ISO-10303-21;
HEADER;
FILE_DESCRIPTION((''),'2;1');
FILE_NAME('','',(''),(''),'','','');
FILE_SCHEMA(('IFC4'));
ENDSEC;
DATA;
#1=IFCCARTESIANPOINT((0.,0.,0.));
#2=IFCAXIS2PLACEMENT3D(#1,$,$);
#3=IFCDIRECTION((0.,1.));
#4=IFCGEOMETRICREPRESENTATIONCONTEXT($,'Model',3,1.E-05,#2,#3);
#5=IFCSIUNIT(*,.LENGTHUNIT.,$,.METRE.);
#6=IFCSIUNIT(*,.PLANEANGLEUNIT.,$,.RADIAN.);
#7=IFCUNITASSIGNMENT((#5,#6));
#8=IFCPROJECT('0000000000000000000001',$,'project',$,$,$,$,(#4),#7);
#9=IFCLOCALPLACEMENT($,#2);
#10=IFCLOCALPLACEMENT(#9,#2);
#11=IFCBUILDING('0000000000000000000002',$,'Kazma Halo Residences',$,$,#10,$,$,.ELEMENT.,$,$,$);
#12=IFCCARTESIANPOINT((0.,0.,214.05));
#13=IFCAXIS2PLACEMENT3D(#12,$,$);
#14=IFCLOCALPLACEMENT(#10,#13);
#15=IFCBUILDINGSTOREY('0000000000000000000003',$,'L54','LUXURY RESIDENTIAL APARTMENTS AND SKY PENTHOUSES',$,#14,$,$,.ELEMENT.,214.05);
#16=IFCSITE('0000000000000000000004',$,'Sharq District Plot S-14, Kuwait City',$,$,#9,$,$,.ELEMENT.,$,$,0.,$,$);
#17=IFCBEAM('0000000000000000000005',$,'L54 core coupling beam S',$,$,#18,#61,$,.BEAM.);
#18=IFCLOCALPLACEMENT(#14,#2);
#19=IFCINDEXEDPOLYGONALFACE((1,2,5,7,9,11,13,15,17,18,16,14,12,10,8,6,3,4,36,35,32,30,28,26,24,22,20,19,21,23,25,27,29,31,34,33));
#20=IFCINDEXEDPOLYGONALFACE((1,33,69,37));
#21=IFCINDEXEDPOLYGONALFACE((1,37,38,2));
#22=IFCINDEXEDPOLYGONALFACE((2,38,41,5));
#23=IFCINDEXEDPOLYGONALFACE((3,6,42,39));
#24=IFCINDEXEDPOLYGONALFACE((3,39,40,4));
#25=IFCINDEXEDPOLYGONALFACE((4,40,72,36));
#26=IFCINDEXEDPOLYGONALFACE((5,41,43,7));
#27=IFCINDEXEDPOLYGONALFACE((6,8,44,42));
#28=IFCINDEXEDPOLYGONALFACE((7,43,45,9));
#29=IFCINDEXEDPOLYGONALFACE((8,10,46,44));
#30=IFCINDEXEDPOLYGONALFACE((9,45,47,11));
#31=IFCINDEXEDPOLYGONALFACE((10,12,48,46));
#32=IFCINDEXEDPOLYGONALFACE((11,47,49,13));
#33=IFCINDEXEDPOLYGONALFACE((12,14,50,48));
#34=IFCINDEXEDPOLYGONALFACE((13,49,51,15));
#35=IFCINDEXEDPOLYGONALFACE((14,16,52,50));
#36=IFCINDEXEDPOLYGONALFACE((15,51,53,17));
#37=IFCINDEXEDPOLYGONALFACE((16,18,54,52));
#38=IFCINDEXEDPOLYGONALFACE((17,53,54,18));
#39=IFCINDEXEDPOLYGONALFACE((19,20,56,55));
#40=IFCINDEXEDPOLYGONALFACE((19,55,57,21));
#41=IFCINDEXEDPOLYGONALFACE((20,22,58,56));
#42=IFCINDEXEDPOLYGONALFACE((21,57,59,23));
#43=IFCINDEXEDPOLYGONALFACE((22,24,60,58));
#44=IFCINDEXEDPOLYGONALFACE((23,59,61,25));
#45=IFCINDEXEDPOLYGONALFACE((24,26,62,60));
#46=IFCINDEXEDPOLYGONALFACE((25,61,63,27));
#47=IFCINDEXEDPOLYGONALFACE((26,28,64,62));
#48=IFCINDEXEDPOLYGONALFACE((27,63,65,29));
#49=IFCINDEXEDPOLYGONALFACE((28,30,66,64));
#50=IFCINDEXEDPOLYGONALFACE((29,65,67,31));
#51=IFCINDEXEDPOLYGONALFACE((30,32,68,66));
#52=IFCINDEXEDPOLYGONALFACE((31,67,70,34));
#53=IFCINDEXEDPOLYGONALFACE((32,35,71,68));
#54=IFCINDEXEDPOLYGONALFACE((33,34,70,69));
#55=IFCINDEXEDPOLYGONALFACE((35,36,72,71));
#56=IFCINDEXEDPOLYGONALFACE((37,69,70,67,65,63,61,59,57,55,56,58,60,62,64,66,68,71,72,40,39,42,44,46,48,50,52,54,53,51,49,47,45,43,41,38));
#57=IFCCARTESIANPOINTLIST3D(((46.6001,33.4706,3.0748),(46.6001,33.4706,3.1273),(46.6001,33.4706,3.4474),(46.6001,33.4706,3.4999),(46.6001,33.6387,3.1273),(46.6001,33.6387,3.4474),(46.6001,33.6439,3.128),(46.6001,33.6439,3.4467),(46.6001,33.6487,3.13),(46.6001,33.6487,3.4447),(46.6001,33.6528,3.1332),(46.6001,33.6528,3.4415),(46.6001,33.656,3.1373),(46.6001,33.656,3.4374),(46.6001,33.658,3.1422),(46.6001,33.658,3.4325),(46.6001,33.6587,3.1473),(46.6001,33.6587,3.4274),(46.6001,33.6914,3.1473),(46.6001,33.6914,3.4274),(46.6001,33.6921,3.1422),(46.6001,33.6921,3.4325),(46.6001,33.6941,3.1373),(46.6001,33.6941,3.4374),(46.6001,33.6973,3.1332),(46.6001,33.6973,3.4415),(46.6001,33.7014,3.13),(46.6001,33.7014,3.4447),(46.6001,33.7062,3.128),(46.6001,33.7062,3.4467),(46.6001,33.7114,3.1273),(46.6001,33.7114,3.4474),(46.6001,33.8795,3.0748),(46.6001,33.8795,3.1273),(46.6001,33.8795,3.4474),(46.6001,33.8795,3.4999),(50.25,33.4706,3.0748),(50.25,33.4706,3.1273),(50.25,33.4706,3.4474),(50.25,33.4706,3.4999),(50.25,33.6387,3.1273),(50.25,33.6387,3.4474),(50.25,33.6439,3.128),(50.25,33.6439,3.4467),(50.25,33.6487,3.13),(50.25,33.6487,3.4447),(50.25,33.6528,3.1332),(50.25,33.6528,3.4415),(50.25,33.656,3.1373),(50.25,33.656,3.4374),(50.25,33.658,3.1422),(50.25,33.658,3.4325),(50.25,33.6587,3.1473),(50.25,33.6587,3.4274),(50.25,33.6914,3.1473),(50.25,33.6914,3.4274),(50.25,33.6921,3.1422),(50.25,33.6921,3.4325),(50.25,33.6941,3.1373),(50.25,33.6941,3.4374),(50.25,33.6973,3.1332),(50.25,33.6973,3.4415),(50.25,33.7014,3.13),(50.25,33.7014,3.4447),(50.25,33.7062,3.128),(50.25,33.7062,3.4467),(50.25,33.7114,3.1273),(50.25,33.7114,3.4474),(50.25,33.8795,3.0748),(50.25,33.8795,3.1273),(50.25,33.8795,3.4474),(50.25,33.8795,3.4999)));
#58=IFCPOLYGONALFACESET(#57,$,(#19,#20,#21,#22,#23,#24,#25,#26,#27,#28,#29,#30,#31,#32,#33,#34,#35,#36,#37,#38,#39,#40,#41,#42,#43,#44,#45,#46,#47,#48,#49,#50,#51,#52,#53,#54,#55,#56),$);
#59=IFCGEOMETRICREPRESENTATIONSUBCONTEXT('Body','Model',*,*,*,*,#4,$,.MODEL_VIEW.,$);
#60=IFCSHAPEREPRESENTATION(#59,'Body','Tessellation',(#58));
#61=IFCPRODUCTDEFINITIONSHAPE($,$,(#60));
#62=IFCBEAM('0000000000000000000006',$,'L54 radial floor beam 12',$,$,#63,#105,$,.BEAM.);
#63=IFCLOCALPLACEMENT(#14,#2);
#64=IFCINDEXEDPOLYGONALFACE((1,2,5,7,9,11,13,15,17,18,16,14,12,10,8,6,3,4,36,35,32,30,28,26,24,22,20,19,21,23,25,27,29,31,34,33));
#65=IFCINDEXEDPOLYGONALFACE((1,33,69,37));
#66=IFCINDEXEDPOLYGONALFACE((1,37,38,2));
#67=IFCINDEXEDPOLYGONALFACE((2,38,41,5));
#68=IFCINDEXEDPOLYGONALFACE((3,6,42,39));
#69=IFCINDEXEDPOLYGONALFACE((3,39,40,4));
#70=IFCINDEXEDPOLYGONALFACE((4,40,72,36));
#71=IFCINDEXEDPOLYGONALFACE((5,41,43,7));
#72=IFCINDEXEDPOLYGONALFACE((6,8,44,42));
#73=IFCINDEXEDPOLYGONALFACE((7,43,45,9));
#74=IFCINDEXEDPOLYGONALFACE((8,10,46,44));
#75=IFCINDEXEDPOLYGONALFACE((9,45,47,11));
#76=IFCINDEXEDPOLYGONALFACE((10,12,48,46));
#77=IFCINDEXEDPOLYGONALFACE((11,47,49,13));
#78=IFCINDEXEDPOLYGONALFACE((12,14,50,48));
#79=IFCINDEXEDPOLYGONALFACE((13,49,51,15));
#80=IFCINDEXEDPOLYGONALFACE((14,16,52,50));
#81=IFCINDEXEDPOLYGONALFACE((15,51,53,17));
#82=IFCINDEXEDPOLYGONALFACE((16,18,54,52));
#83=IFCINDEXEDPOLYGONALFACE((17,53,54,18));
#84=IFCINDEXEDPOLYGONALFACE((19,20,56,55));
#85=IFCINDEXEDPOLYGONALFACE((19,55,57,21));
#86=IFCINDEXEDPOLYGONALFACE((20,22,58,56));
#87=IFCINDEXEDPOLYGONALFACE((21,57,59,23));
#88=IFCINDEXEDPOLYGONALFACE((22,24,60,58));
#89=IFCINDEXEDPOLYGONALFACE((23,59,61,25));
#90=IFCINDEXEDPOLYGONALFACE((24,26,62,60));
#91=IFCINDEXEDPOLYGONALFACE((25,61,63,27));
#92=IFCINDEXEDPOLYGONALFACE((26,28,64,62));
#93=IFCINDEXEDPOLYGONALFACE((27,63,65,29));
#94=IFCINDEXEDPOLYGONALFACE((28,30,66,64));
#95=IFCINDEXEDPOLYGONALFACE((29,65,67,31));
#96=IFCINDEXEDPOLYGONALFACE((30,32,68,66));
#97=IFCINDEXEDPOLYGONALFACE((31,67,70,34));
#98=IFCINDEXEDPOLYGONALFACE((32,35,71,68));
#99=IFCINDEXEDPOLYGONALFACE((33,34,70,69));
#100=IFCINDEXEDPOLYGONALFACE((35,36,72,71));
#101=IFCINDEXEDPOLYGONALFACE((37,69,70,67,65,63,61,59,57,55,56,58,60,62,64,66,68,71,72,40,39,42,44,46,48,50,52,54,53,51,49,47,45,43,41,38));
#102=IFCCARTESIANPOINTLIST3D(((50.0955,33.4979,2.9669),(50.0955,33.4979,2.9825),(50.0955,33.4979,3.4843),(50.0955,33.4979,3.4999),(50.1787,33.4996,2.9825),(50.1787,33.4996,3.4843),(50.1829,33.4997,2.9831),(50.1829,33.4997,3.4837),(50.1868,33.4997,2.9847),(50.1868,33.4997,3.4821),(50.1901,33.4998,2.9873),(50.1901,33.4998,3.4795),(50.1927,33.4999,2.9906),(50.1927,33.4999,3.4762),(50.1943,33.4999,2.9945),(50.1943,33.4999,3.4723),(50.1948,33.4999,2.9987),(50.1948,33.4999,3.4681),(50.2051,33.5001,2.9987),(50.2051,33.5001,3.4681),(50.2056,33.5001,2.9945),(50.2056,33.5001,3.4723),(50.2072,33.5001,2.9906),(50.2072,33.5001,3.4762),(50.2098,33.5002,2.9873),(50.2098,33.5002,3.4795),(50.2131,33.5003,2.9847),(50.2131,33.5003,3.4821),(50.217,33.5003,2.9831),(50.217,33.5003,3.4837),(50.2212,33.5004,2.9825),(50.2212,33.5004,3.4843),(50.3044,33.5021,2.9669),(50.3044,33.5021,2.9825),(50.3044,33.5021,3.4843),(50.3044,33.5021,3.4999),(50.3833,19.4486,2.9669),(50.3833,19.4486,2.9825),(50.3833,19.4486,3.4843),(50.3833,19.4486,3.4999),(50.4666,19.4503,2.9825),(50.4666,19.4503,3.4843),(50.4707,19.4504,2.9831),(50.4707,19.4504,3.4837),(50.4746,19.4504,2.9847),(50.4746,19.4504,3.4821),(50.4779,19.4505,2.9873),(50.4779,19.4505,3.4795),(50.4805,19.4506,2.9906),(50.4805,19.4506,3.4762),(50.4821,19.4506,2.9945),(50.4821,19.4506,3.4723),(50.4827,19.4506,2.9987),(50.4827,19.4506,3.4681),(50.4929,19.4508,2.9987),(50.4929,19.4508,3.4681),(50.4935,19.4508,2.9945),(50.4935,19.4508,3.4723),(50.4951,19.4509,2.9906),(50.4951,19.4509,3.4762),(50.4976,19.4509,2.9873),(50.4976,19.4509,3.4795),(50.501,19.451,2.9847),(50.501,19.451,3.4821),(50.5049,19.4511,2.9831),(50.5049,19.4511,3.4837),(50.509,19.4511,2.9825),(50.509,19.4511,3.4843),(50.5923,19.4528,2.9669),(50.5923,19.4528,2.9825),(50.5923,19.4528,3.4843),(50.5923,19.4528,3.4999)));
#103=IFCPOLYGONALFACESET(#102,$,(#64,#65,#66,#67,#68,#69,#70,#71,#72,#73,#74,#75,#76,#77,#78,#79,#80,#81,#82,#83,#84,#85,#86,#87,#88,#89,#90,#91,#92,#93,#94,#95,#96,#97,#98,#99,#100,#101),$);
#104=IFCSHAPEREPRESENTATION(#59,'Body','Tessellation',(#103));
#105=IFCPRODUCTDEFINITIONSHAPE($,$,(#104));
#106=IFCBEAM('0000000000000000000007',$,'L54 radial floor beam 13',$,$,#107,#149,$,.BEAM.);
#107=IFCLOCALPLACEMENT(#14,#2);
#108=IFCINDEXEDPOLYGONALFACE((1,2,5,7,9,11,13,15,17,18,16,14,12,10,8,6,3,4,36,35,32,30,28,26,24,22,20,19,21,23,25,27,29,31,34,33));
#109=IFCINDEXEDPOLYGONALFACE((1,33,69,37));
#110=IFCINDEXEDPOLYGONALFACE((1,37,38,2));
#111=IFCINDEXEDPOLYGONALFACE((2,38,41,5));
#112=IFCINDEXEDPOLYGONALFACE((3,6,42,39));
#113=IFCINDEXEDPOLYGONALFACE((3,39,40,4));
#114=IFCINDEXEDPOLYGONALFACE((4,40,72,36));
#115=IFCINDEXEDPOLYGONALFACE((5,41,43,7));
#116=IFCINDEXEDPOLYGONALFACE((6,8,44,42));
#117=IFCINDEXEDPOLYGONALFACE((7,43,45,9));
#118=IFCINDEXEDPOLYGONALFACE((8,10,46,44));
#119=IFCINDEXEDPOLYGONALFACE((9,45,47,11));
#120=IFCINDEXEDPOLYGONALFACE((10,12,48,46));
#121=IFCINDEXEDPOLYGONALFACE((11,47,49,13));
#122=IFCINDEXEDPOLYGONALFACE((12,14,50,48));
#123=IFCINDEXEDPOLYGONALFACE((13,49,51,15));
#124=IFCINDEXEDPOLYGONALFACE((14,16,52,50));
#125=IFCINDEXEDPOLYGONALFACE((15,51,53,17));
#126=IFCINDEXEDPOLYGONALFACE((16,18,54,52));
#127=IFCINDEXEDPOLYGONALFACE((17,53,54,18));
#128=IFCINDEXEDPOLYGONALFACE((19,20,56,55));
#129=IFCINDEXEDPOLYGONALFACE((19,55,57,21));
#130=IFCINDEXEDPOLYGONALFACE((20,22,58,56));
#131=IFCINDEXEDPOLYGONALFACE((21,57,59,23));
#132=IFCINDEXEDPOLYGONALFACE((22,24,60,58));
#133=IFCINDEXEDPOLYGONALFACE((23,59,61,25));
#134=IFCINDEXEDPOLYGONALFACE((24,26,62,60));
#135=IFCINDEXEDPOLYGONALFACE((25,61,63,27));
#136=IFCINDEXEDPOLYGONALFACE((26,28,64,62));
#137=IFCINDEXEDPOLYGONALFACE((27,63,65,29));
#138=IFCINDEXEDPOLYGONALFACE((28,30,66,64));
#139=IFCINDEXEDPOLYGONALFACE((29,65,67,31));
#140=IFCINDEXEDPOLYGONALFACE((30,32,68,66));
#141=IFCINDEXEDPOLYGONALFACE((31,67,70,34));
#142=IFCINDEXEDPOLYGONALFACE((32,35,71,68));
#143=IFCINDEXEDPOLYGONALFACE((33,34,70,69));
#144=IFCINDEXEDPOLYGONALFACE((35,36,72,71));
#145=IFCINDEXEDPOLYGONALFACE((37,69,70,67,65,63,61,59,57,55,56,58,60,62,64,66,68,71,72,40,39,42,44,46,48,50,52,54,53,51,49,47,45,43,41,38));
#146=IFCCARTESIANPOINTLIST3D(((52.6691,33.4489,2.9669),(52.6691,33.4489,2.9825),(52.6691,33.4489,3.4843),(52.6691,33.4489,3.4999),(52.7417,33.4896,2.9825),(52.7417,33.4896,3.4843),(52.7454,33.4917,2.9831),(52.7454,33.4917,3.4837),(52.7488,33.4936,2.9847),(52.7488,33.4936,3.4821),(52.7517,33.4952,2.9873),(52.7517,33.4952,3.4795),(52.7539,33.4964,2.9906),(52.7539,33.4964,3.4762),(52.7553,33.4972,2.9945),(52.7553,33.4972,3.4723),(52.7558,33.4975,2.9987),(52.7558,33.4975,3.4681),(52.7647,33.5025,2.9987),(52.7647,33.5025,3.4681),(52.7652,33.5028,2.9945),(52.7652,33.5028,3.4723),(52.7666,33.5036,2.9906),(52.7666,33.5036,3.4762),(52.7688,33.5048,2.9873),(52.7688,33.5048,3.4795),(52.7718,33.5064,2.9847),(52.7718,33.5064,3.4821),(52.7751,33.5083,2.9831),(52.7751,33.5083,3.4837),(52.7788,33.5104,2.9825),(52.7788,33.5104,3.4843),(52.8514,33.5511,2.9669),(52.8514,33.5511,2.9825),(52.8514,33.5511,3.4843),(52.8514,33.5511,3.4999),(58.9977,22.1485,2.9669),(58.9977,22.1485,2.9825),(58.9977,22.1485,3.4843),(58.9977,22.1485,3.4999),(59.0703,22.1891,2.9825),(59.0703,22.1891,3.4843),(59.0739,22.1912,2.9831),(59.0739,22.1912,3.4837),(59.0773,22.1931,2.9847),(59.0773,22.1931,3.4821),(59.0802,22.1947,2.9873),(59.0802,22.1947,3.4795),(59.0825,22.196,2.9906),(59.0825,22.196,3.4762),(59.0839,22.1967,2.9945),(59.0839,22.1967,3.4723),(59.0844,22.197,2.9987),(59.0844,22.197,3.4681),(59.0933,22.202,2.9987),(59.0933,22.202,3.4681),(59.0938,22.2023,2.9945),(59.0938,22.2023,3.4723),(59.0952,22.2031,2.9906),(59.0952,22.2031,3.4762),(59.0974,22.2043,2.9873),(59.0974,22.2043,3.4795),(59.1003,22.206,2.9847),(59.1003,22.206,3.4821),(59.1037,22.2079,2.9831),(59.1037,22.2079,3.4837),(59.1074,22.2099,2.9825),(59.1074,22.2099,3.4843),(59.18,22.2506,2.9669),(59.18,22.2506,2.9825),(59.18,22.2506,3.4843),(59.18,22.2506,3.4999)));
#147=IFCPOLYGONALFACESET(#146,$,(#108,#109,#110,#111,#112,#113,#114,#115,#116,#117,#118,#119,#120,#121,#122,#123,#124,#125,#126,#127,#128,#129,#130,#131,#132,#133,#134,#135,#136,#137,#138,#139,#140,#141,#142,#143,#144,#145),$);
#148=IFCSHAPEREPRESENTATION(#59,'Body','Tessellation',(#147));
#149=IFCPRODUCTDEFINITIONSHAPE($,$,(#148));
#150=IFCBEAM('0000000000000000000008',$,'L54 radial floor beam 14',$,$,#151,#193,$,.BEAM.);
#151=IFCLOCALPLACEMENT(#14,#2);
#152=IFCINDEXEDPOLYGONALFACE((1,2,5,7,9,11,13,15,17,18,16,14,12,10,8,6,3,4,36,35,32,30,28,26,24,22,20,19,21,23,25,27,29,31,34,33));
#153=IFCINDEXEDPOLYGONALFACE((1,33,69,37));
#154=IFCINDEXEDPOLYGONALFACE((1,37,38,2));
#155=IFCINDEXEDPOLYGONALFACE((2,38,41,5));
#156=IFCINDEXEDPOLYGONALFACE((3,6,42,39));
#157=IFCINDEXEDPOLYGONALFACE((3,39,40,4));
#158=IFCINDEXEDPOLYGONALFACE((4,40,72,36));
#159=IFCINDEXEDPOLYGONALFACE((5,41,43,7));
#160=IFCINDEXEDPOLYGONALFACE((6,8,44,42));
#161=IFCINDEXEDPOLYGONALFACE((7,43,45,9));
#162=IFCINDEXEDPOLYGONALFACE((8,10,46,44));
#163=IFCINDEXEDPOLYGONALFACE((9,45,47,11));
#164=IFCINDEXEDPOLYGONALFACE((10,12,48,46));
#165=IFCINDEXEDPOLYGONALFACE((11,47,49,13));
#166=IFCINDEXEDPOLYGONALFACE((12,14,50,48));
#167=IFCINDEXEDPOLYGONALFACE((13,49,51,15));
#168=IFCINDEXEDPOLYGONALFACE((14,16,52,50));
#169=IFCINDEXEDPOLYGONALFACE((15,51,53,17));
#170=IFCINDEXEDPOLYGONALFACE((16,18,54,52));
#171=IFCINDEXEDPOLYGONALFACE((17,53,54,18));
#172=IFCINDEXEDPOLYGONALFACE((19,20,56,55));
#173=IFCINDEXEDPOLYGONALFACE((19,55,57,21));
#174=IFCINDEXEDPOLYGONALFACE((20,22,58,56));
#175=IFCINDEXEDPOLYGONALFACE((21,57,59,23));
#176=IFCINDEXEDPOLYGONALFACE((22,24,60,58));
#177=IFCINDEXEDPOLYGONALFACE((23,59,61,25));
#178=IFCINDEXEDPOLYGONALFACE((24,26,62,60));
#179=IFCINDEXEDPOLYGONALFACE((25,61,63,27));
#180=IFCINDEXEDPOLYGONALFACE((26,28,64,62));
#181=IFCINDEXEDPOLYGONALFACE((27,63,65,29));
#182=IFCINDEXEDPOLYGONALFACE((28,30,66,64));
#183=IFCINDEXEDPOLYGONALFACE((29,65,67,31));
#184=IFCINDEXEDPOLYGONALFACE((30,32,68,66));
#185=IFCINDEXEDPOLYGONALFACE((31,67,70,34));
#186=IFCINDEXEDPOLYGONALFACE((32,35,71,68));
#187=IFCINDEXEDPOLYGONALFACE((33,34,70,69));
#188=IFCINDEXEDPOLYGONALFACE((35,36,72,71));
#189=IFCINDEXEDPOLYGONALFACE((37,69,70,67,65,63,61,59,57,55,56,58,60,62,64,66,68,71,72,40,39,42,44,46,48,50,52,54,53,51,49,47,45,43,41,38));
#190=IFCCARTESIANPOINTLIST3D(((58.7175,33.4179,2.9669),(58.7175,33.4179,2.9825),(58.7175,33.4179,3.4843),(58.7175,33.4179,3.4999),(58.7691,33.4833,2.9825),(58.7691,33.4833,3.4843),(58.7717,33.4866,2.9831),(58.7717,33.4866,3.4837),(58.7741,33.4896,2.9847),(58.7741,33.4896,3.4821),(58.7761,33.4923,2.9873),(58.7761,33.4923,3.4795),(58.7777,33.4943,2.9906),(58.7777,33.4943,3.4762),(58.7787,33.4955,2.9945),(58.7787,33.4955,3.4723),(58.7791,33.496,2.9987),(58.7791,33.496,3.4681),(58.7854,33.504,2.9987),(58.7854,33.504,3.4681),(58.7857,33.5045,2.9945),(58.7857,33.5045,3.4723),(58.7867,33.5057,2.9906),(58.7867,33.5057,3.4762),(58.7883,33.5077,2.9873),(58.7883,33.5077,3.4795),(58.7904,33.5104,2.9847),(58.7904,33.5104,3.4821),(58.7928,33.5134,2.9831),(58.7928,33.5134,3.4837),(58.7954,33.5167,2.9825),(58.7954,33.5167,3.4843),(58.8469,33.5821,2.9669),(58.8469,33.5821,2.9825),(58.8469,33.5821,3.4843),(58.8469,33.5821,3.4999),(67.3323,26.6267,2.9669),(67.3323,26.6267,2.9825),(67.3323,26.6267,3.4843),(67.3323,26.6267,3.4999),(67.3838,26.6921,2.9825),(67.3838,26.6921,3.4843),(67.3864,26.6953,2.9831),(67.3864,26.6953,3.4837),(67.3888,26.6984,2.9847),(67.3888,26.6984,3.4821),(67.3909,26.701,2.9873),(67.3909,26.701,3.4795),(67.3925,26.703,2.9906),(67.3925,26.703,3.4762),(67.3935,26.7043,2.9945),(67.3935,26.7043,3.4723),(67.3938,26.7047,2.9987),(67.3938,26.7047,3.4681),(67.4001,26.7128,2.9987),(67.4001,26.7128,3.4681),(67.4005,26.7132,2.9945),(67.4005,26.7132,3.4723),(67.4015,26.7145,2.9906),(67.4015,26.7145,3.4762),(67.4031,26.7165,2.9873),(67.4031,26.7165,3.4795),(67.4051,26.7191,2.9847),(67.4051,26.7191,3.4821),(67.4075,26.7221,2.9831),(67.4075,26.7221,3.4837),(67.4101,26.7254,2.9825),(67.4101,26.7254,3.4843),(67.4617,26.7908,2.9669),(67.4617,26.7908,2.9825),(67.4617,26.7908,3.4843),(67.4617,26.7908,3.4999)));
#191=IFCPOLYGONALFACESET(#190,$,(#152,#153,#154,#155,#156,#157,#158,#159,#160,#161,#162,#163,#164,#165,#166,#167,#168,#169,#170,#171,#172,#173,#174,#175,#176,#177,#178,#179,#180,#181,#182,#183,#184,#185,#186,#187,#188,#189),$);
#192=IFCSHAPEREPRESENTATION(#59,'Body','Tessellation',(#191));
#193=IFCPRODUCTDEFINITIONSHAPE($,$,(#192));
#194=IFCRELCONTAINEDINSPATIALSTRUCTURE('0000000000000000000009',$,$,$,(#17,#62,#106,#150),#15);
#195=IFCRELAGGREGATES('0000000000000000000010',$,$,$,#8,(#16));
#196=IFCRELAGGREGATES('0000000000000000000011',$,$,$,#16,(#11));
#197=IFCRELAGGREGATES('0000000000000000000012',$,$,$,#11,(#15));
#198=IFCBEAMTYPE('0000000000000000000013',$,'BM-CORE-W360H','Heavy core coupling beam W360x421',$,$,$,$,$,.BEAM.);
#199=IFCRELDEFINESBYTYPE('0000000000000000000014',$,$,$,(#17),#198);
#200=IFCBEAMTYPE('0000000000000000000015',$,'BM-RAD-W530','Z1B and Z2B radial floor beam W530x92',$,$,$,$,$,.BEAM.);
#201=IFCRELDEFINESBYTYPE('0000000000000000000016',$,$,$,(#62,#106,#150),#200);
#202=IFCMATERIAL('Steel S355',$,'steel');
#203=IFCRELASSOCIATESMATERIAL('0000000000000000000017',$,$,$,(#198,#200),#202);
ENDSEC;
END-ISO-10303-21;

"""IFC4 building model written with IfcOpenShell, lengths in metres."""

from ifc_helpers import new_model, si_unit, direction, frame, origin, origin_2d, place, context, subcontext, project, spatial, i_section, extrude, material, material_profile, profile_set, type_object, element, save


model = new_model("IFC4")

# Units and contexts
model_context = context("Model", 3, precision=1e-05, world=origin(), true_north=direction((0.0, 1.0)))
body_context = subcontext(model_context, "Body", "Model", "MODEL_VIEW")
ifc_project = project(units=[si_unit("LENGTHUNIT", "METRE"), si_unit("PLANEANGLEUNIT", "RADIAN")], contexts=[model_context])

# Site, building, storey
site_placement = place(None, origin())
site = spatial("IfcSite", under=ifc_project, at=site_placement, Name="Sharq District Plot S-14, Kuwait City", CompositionType="ELEMENT", RefElevation=0.0)
building_placement = place(site_placement, origin())
building = spatial("IfcBuilding", under=site, at=building_placement, Name="Kazma Halo Residences", CompositionType="ELEMENT")
storey_placement = place(building_placement, frame((0.0, 0.0, 214.05)))
storey = spatial("IfcBuildingStorey", under=building, at=storey_placement, Name="L54", Description="LUXURY RESIDENTIAL APARTMENTS AND SKY PENTHOUSES", CompositionType="ELEMENT", Elevation=214.05)

# Beams
ifc_material_1 = material(Name="Steel S355", Category="steel")
ifc_material_profile_1 = material_profile(ifc_material_1, i_section(OverallWidth=0.4089, OverallDepth=0.425, WebThickness=0.0327, FlangeThickness=0.0525, FilletRadius=0.02, at=origin_2d()), Name="W360x421")
ifc_profile_set_1 = profile_set([ifc_material_profile_1], Name="Steel S355")
beam_type_1 = type_object("IfcBeamType", Name="BM-CORE-W360H", Description="Heavy core coupling beam W360x421", PredefinedType="BEAM", material=ifc_profile_set_1)
beam_1_placement = place(storey_placement, frame((46.6001, 33.675, 3.2874), z_axis=(1.0, 0.0, 0.0), x_axis=(0.0, 1.0, 0.0)))
element("IfcBeam", 1, at=beam_1_placement, inside=storey, type_object=beam_type_1, Name="L54 core coupling beam S", PredefinedType="BEAM", context=body_context, shape_type="SweptSolid", body=[
    extrude(i_section(OverallWidth=0.4089, OverallDepth=0.425, WebThickness=0.0327, FlangeThickness=0.0525, FilletRadius=0.02, at=origin_2d()), origin(), (0.0, 0.0, 1.0), 3.6499),
])
ifc_material_profile_2 = material_profile(ifc_material_1, i_section(OverallWidth=0.209, OverallDepth=0.533, WebThickness=0.0103, FlangeThickness=0.0156, FilletRadius=0.0161, at=origin_2d()), Name="W530x92")
ifc_profile_set_2 = profile_set([ifc_material_profile_2], Name="Steel S355")
beam_type_2 = type_object("IfcBeamType", Name="BM-RAD-W530", Description="Z1B and Z2B radial floor beam W530x92", PredefinedType="BEAM", material=ifc_profile_set_2)
beam_2_placement = place(storey_placement, frame((50.2, 33.5, 3.2334), z_axis=(0.020484, -0.99979, 0.0), x_axis=(0.99979, 0.020484, 0.0)))
element("IfcBeam", 2, at=beam_2_placement, inside=storey, type_object=beam_type_2, Name="L54 radial floor beam 12", PredefinedType="BEAM", context=body_context, shape_type="SweptSolid", body=[
    extrude(i_section(OverallWidth=0.209, OverallDepth=0.533, WebThickness=0.0103, FlangeThickness=0.0156, FilletRadius=0.0161, at=origin_2d()), origin(), (0.0, 0.0, 1.0), 14.0522),
])
beam_3_placement = place(storey_placement, frame((52.7603, 33.5, 3.2334), z_axis=(0.488622, -0.872496, 0.0), x_axis=(0.872496, 0.488622, 0.0)))
element("IfcBeam", 3, at=beam_3_placement, inside=storey, type_object=beam_type_2, Name="L54 radial floor beam 13", PredefinedType="BEAM", context=body_context, shape_type="SweptSolid", body=[
    extrude(i_section(OverallWidth=0.209, OverallDepth=0.533, WebThickness=0.0103, FlangeThickness=0.0156, FilletRadius=0.0161, at=origin_2d()), origin(), (0.0, 0.0, 1.0), 12.9519),
])
beam_4_placement = place(storey_placement, frame((58.7822, 33.5, 3.2334), z_axis=(0.78532, -0.619091, 0.0), x_axis=(0.619091, 0.78532, 0.0)))
element("IfcBeam", 4, at=beam_4_placement, inside=storey, type_object=beam_type_2, Name="L54 radial floor beam 14", PredefinedType="BEAM", context=body_context, shape_type="SweptSolid", body=[
    extrude(i_section(OverallWidth=0.209, OverallDepth=0.533, WebThickness=0.0103, FlangeThickness=0.0156, FilletRadius=0.0161, at=origin_2d()), origin(), (0.0, 0.0, 1.0), 10.9697),
])

save(model, "model.ifc")
